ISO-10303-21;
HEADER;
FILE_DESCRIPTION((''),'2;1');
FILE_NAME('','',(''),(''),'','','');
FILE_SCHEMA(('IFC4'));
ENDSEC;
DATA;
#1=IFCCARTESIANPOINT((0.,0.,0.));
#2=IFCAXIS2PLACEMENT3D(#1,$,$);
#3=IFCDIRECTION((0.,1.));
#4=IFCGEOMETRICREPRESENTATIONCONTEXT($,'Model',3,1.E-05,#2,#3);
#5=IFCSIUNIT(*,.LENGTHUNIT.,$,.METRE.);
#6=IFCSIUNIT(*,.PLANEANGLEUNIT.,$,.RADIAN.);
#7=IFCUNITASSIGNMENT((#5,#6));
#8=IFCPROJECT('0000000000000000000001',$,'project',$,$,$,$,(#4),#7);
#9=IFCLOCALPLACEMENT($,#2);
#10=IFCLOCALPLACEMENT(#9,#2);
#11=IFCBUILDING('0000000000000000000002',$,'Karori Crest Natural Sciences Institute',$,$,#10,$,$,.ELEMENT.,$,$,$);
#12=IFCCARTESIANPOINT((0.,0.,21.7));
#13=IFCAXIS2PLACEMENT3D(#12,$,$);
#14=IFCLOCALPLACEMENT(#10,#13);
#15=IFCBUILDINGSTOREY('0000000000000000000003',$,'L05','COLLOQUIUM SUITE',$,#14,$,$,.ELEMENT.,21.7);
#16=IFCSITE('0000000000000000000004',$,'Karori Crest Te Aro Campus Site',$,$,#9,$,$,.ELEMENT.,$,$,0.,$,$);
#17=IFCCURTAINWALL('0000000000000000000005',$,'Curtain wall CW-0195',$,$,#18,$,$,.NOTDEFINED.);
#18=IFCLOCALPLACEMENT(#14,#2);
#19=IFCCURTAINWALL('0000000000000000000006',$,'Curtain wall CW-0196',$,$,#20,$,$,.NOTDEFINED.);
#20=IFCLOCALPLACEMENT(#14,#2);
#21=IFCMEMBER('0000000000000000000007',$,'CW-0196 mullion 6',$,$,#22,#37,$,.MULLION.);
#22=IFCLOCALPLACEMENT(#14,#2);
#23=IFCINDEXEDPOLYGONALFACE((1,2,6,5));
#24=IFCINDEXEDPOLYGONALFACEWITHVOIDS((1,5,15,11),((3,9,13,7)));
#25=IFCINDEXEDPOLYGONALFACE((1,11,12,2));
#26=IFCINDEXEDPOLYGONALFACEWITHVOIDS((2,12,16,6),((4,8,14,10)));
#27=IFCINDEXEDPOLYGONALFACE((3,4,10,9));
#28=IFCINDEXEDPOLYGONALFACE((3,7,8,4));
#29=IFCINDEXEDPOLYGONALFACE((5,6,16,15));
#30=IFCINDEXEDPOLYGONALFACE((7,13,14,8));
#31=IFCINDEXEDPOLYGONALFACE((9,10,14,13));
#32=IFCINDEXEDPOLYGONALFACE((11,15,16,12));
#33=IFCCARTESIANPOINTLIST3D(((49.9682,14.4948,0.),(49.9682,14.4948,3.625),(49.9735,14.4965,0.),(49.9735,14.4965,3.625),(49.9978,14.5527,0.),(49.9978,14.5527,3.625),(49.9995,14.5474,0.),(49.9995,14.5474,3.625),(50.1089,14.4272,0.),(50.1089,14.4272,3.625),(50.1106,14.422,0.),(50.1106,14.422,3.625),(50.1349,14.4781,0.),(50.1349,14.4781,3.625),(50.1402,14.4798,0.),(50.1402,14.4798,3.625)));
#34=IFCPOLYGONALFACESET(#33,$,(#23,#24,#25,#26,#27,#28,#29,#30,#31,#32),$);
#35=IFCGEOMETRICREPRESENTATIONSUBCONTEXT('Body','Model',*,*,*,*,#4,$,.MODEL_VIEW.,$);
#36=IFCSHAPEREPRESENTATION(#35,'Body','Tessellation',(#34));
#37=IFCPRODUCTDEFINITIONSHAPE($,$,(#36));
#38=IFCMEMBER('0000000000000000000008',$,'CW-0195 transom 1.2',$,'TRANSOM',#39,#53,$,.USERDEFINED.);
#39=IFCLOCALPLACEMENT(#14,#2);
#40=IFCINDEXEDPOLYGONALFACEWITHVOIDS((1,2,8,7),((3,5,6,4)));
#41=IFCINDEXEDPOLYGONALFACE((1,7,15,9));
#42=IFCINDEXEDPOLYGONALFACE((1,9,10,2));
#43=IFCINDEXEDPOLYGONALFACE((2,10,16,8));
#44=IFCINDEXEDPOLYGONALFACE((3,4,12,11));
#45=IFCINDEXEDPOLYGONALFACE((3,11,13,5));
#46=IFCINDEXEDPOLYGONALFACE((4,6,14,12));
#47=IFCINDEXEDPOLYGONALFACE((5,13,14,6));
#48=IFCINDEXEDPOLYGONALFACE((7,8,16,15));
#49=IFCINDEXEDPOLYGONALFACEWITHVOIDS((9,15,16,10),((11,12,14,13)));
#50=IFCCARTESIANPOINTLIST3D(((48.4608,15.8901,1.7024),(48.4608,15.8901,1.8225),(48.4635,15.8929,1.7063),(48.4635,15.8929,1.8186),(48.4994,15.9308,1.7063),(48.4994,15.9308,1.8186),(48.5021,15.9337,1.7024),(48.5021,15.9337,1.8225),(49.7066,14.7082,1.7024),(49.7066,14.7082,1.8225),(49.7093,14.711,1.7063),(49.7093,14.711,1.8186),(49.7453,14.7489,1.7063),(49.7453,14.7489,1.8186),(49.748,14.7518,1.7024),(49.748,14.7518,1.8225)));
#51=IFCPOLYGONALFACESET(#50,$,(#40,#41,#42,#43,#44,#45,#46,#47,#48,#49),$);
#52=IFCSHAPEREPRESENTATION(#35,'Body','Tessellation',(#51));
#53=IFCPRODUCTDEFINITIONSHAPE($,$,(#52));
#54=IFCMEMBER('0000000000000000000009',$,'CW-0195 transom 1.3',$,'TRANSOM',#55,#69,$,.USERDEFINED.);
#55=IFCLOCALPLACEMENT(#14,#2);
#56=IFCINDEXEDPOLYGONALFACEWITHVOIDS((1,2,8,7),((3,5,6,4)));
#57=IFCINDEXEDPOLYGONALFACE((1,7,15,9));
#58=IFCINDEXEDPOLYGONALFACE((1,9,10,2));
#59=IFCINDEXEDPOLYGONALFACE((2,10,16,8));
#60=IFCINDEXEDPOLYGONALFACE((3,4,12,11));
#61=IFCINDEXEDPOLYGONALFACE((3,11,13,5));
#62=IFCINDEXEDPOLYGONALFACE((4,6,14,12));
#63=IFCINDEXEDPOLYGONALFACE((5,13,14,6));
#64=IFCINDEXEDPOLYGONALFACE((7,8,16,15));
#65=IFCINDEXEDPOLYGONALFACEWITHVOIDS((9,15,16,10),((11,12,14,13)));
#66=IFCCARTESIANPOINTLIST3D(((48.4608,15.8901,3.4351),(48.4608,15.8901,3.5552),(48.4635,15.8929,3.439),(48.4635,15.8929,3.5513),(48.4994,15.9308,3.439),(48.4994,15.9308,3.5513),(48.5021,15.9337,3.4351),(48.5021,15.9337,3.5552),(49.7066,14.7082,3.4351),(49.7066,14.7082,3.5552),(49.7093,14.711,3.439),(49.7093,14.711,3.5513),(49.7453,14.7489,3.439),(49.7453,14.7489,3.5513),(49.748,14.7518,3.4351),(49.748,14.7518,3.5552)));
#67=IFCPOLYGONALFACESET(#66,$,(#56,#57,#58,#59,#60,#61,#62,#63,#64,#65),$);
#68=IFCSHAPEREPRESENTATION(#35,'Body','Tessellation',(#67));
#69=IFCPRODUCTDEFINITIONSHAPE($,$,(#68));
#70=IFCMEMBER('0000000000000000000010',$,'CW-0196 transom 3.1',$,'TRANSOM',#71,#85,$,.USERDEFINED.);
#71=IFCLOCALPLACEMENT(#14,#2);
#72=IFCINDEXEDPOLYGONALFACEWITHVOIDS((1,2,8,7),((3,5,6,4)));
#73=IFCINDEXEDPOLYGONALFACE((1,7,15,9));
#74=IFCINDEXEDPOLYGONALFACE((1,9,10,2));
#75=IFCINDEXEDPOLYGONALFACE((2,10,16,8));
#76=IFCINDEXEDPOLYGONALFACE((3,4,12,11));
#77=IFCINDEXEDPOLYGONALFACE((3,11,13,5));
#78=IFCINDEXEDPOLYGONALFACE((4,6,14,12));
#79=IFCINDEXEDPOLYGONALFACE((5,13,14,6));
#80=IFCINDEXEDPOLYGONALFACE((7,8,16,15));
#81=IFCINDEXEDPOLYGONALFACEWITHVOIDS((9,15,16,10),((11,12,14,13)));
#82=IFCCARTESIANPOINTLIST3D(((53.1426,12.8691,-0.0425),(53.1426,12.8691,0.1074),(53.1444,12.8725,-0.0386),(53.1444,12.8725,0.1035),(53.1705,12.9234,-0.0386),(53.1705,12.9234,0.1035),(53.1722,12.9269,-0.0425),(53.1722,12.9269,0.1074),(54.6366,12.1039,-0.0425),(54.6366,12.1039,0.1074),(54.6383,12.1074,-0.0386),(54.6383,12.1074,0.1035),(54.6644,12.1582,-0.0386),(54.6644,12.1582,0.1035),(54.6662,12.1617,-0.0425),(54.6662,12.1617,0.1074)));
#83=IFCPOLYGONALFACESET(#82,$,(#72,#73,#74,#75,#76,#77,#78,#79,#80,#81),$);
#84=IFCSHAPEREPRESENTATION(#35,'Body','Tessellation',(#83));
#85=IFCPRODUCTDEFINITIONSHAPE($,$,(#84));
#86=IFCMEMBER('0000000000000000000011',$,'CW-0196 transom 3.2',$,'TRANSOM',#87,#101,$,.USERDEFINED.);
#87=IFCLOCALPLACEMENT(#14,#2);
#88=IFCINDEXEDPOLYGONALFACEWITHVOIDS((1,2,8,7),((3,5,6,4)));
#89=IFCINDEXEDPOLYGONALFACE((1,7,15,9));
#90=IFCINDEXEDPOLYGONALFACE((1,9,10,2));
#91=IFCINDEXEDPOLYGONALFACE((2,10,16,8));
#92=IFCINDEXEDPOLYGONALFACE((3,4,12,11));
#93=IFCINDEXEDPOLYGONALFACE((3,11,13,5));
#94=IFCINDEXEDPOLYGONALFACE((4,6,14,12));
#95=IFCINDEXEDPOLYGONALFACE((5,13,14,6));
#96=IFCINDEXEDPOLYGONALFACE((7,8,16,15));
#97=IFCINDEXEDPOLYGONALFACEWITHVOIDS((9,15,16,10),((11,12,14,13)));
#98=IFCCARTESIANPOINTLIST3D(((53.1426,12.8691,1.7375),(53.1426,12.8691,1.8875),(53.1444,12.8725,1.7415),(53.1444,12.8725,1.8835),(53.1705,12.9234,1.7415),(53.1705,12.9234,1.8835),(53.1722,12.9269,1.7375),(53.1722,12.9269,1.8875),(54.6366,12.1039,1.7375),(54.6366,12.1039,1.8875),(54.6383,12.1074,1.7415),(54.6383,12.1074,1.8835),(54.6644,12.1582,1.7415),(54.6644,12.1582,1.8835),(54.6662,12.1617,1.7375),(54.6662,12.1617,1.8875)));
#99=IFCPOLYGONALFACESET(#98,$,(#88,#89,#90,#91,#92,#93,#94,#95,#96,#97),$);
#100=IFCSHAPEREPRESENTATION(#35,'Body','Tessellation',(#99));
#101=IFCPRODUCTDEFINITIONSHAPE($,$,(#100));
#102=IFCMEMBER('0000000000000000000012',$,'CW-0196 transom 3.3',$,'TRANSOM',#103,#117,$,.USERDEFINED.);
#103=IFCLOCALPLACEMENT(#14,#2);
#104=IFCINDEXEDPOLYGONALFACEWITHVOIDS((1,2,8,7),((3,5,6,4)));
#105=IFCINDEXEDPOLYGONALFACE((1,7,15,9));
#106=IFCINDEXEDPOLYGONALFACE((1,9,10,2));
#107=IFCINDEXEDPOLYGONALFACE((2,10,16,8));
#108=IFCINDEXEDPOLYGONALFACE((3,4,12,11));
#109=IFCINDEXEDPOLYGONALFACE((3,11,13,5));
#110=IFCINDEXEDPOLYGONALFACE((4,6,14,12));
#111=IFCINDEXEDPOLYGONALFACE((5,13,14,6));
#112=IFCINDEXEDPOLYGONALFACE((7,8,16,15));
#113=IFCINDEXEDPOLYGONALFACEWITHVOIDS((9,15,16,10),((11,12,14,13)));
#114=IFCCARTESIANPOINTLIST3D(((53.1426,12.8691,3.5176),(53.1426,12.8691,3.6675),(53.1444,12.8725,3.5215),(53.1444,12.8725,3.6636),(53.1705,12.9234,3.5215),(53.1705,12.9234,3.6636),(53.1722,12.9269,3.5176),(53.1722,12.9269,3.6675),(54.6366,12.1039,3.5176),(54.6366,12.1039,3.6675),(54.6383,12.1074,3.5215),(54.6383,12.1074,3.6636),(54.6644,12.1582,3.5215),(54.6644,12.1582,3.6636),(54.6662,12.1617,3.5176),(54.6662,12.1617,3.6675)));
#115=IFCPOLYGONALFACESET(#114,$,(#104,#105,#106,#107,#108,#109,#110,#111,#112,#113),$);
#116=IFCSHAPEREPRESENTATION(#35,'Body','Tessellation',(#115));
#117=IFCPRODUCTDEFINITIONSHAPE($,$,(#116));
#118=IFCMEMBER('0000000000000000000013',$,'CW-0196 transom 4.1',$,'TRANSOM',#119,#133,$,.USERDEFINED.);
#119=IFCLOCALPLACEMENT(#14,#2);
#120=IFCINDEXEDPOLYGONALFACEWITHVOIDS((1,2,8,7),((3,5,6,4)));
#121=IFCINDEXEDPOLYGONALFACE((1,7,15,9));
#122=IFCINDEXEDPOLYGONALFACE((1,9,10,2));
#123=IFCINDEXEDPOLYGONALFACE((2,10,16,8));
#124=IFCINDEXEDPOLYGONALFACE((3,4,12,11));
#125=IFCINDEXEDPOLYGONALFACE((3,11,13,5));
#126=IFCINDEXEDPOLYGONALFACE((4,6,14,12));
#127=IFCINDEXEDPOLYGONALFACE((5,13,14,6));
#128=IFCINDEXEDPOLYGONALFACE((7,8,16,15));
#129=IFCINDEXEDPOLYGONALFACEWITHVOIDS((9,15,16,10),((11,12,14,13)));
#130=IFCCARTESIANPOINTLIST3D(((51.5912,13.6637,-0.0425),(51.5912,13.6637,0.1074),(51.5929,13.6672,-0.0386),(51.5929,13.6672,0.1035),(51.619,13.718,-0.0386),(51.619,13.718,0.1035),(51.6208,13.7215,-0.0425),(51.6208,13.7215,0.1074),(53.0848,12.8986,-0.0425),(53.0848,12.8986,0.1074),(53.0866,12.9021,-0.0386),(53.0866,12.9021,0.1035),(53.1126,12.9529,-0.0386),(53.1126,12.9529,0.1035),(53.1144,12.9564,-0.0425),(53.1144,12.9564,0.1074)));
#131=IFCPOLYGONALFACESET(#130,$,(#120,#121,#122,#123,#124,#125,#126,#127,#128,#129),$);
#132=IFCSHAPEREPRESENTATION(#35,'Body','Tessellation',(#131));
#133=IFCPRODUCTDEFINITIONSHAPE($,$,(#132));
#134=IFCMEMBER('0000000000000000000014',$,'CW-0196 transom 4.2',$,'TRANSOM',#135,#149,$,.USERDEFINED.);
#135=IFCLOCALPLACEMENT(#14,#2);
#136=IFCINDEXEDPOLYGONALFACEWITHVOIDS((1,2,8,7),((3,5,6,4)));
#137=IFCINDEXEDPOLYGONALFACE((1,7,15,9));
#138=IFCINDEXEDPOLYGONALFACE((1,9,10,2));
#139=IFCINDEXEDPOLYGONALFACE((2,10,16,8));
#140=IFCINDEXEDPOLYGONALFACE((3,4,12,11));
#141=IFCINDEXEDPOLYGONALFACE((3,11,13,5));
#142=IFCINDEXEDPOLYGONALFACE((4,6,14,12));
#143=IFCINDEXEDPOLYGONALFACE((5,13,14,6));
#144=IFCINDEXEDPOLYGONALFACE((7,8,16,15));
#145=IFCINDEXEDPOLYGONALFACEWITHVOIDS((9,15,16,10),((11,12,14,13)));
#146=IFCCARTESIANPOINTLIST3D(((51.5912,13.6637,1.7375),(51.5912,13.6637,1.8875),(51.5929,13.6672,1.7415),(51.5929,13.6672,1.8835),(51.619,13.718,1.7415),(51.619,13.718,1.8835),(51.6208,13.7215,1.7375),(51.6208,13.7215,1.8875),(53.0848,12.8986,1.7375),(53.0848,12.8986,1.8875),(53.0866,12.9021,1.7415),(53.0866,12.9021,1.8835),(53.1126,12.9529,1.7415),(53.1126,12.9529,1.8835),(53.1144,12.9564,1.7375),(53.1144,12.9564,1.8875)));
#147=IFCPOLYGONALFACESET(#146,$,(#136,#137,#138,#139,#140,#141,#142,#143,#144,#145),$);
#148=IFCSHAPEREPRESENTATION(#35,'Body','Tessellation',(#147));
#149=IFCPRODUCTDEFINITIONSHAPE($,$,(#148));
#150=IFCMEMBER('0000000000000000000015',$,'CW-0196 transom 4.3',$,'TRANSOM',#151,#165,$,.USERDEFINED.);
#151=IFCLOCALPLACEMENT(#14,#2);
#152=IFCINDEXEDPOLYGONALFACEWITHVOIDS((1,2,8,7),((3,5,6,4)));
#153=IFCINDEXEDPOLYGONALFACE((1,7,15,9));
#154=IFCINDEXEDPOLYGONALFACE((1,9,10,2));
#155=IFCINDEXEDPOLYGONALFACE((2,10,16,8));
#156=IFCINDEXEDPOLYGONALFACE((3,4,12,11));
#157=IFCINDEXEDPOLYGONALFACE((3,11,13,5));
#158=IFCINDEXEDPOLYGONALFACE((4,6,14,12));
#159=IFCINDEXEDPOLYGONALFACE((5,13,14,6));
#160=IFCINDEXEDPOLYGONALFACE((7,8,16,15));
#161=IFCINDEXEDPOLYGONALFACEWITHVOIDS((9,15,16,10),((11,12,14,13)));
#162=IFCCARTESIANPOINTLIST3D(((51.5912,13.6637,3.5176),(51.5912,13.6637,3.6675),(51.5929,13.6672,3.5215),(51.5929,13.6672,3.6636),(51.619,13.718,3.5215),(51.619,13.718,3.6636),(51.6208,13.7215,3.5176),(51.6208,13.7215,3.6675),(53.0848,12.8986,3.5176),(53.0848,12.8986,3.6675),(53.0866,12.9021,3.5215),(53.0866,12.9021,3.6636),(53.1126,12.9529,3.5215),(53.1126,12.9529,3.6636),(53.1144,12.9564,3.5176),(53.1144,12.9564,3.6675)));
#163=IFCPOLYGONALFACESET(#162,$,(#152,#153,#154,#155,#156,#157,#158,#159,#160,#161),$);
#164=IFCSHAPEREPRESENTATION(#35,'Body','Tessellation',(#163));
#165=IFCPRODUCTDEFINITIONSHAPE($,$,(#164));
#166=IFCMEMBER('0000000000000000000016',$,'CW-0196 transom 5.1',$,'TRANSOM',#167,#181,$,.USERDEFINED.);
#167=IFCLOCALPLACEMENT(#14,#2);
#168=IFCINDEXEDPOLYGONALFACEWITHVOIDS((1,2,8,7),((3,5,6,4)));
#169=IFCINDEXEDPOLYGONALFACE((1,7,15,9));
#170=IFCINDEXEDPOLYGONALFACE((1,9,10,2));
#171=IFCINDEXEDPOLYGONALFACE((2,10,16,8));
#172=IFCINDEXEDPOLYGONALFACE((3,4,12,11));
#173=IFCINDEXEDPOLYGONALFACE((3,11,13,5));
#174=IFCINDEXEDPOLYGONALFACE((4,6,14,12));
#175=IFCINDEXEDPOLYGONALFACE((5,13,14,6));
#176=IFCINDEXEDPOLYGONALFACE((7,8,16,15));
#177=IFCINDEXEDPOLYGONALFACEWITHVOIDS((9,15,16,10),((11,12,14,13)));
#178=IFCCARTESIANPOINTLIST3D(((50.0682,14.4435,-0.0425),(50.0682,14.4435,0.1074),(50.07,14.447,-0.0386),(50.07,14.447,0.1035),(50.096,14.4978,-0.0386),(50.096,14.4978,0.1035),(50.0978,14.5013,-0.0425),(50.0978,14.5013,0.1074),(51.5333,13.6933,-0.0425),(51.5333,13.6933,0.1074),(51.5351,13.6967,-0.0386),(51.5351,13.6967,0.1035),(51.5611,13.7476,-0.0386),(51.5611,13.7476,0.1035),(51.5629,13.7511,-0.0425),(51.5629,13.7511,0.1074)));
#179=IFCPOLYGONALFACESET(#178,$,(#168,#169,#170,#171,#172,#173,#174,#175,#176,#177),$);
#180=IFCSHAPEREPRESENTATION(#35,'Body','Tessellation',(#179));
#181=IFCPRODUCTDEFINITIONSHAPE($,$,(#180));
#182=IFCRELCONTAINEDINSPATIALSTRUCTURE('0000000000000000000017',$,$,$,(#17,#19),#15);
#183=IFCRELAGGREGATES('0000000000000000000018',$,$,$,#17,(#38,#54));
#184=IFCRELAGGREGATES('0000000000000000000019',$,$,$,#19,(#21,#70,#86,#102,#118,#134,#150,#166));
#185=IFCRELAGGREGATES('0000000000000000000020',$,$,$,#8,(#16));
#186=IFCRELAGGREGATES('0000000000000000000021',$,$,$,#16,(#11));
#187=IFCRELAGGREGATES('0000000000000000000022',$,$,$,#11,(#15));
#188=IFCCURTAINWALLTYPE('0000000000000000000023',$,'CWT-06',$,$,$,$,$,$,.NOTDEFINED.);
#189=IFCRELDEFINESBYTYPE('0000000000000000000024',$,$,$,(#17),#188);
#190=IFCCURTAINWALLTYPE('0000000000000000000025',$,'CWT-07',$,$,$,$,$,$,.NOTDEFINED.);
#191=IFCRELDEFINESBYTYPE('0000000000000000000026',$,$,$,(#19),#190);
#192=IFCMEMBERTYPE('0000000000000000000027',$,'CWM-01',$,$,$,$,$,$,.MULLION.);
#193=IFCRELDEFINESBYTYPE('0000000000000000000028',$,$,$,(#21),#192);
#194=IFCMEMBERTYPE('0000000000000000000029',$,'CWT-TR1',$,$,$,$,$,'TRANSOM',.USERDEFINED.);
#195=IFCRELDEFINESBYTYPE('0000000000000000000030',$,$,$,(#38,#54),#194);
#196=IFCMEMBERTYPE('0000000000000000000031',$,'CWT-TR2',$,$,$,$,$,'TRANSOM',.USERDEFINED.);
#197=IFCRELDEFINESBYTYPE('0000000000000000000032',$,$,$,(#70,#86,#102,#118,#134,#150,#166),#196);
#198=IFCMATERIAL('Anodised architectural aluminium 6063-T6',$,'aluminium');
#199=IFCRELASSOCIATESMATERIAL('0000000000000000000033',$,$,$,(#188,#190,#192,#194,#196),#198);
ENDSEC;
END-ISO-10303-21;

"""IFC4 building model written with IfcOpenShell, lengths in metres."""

from ifc_helpers import new_model, si_unit, direction, frame, origin, origin_2d, place, context, subcontext, project, spatial, hollow_rectangle, extrude, material, material_profile, profile_set, type_object, element, aggregate, save


model = new_model("IFC4")

# Units and contexts
model_context = context("Model", 3, precision=1e-05, world=origin(), true_north=direction((0.0, 1.0)))
body_context = subcontext(model_context, "Body", "Model", "MODEL_VIEW")
ifc_project = project(units=[si_unit("LENGTHUNIT", "METRE"), si_unit("PLANEANGLEUNIT", "RADIAN")], contexts=[model_context])

# Site, building, storey
site_placement = place(None, origin())
site = spatial("IfcSite", under=ifc_project, at=site_placement, Name="Karori Crest Te Aro Campus Site", CompositionType="ELEMENT", RefElevation=0.0)
building_placement = place(site_placement, origin())
building = spatial("IfcBuilding", under=site, at=building_placement, Name="Karori Crest Natural Sciences Institute", CompositionType="ELEMENT")
storey_placement = place(building_placement, frame((0.0, 0.0, 21.7)))
storey = spatial("IfcBuildingStorey", under=building, at=storey_placement, Name="L05", Description="COLLOQUIUM SUITE", CompositionType="ELEMENT", Elevation=21.7)

# Curtain wall
ifc_material_1 = material(Name="Anodised architectural aluminium 6063-T6", Category="aluminium")
curtain_wall_type_1 = type_object("IfcCurtainWallType", Name="CWT-06", PredefinedType="NOTDEFINED", material=ifc_material_1)
curtain_wall_1_placement = place(storey_placement, origin())
curtain_wall_1 = element("IfcCurtainWall", 1, at=curtain_wall_1_placement, inside=storey, type_object=curtain_wall_type_1, Name="Curtain wall CW-0195", PredefinedType="NOTDEFINED")
ifc_material_profile_1 = material_profile(ifc_material_1, hollow_rectangle(XDim=0.0649, YDim=0.1599, WallThickness=0.0039, at=origin_2d()), Name="CWM160x65x4")
ifc_profile_set_1 = profile_set([ifc_material_profile_1], Name="Anodised architectural aluminium 6063-T6")
member_type_1 = type_object("IfcMemberType", Name="CWM-01", PredefinedType="MULLION", material=ifc_profile_set_1)

# Curtain wall, member
curtain_wall_type_2 = type_object("IfcCurtainWallType", Name="CWT-07", PredefinedType="NOTDEFINED", material=ifc_material_1)
curtain_wall_2_placement = place(storey_placement, origin())
curtain_wall_2 = element("IfcCurtainWall", 2, at=curtain_wall_2_placement, inside=storey, type_object=curtain_wall_type_2, Name="Curtain wall CW-0196", PredefinedType="NOTDEFINED")
member_1_placement = place(storey_placement, frame((50.0542, 14.4873, 0.0), z_axis=(0.0, 0.0, 1.0), x_axis=(-0.455829, -0.890067, 0.0)))
member_1 = element("IfcMember", 3, at=member_1_placement, type_object=member_type_1, Name="CW-0196 mullion 6", PredefinedType="MULLION", context=body_context, shape_type="SweptSolid", body=[
    extrude(hollow_rectangle(XDim=0.0649, YDim=0.1599, WallThickness=0.0039, at=origin_2d()), origin(), (0.0, 0.0, 1.0), 3.625),
])

# Members
ifc_material_profile_2 = material_profile(ifc_material_1, hollow_rectangle(XDim=0.0601, YDim=0.1201, WallThickness=0.0039, at=origin_2d()), Name="CWT120x60x4")
ifc_profile_set_2 = profile_set([ifc_material_profile_2], Name="Anodised architectural aluminium 6063-T6")
member_type_2 = type_object("IfcMemberType", Name="CWT-TR1", ElementType="TRANSOM", PredefinedType="USERDEFINED", material=ifc_profile_set_2)
member_2_placement = place(storey_placement, frame((49.7273, 14.73, 1.7625), z_axis=(-0.725486, 0.688237, 0.0), x_axis=(-0.688237, -0.725486, 0.0)))
member_2 = element("IfcMember", 4, at=member_2_placement, type_object=member_type_2, Name="CW-0195 transom 1.2", ObjectType="TRANSOM", PredefinedType="USERDEFINED", context=body_context, shape_type="SweptSolid", body=[
    extrude(hollow_rectangle(XDim=0.0601, YDim=0.1201, WallThickness=0.0039, at=origin_2d()), origin(), (0.0, 0.0, 1.0), 1.7173),
])
member_3_placement = place(storey_placement, frame((49.7273, 14.73, 3.4951), z_axis=(-0.725486, 0.688237, 0.0), x_axis=(-0.688237, -0.725486, 0.0)))
member_3 = element("IfcMember", 5, at=member_3_placement, type_object=member_type_2, Name="CW-0195 transom 1.3", ObjectType="TRANSOM", PredefinedType="USERDEFINED", context=body_context, shape_type="SweptSolid", body=[
    extrude(hollow_rectangle(XDim=0.0601, YDim=0.1201, WallThickness=0.0039, at=origin_2d()), origin(), (0.0, 0.0, 1.0), 1.7173),
])
aggregate(curtain_wall_1, [member_2, member_3])
ifc_material_profile_3 = material_profile(ifc_material_1, hollow_rectangle(XDim=0.0649, YDim=0.1499, WallThickness=0.0039, at=origin_2d()), Name="CWT150x65x4")
ifc_profile_set_3 = profile_set([ifc_material_profile_3], Name="Anodised architectural aluminium 6063-T6")
member_type_3 = type_object("IfcMemberType", Name="CWT-TR2", ElementType="TRANSOM", PredefinedType="USERDEFINED", material=ifc_profile_set_3)
member_4_placement = place(storey_placement, frame((54.6514, 12.1328, 0.0325), z_axis=(-0.890051, 0.455862, 0.0), x_axis=(-0.455862, -0.890051, 0.0)))
member_4 = element("IfcMember", 6, at=member_4_placement, type_object=member_type_3, Name="CW-0196 transom 3.1", ObjectType="TRANSOM", PredefinedType="USERDEFINED", context=body_context, shape_type="SweptSolid", body=[
    extrude(hollow_rectangle(XDim=0.0649, YDim=0.1499, WallThickness=0.0039, at=origin_2d()), origin(), (0.0, 0.0, 1.0), 1.6785),
])
member_5_placement = place(storey_placement, frame((54.6514, 12.1328, 1.8125), z_axis=(-0.890051, 0.455862, 0.0), x_axis=(-0.455862, -0.890051, 0.0)))
member_5 = element("IfcMember", 7, at=member_5_placement, type_object=member_type_3, Name="CW-0196 transom 3.2", ObjectType="TRANSOM", PredefinedType="USERDEFINED", context=body_context, shape_type="SweptSolid", body=[
    extrude(hollow_rectangle(XDim=0.0649, YDim=0.1499, WallThickness=0.0039, at=origin_2d()), origin(), (0.0, 0.0, 1.0), 1.6785),
])
member_6_placement = place(storey_placement, frame((54.6514, 12.1328, 3.5925), z_axis=(-0.890051, 0.455862, 0.0), x_axis=(-0.455862, -0.890051, 0.0)))
member_6 = element("IfcMember", 8, at=member_6_placement, type_object=member_type_3, Name="CW-0196 transom 3.3", ObjectType="TRANSOM", PredefinedType="USERDEFINED", context=body_context, shape_type="SweptSolid", body=[
    extrude(hollow_rectangle(XDim=0.0649, YDim=0.1499, WallThickness=0.0039, at=origin_2d()), origin(), (0.0, 0.0, 1.0), 1.6785),
])
member_7_placement = place(storey_placement, frame((53.0996, 12.9275, 0.0325), z_axis=(-0.89002, 0.455921, 0.0), x_axis=(-0.455921, -0.89002, 0.0)))
member_7 = element("IfcMember", 9, at=member_7_placement, type_object=member_type_3, Name="CW-0196 transom 4.1", ObjectType="TRANSOM", PredefinedType="USERDEFINED", context=body_context, shape_type="SweptSolid", body=[
    extrude(hollow_rectangle(XDim=0.0649, YDim=0.1499, WallThickness=0.0039, at=origin_2d()), origin(), (0.0, 0.0, 1.0), 1.6782),
])
member_8_placement = place(storey_placement, frame((53.0996, 12.9275, 1.8125), z_axis=(-0.89002, 0.455921, 0.0), x_axis=(-0.455921, -0.89002, 0.0)))
member_8 = element("IfcMember", 10, at=member_8_placement, type_object=member_type_3, Name="CW-0196 transom 4.2", ObjectType="TRANSOM", PredefinedType="USERDEFINED", context=body_context, shape_type="SweptSolid", body=[
    extrude(hollow_rectangle(XDim=0.0649, YDim=0.1499, WallThickness=0.0039, at=origin_2d()), origin(), (0.0, 0.0, 1.0), 1.6782),
])
member_9_placement = place(storey_placement, frame((53.0996, 12.9275, 3.5925), z_axis=(-0.89002, 0.455921, 0.0), x_axis=(-0.455921, -0.89002, 0.0)))
member_9 = element("IfcMember", 11, at=member_9_placement, type_object=member_type_3, Name="CW-0196 transom 4.3", ObjectType="TRANSOM", PredefinedType="USERDEFINED", context=body_context, shape_type="SweptSolid", body=[
    extrude(hollow_rectangle(XDim=0.0649, YDim=0.1499, WallThickness=0.0039, at=origin_2d()), origin(), (0.0, 0.0, 1.0), 1.6782),
])
member_10_placement = place(storey_placement, frame((51.5481, 13.7222, 0.0325), z_axis=(-0.890084, 0.455796, 0.0), x_axis=(-0.455796, -0.890084, 0.0)))
member_10 = element("IfcMember", 12, at=member_10_placement, type_object=member_type_3, Name="CW-0196 transom 5.1", ObjectType="TRANSOM", PredefinedType="USERDEFINED", context=body_context, shape_type="SweptSolid", body=[
    extrude(hollow_rectangle(XDim=0.0649, YDim=0.1499, WallThickness=0.0039, at=origin_2d()), origin(), (0.0, 0.0, 1.0), 1.646),
])

aggregate(curtain_wall_2, [member_1, member_4, member_5, member_6, member_7, member_8, member_9, member_10])

save(model, "model.ifc")
